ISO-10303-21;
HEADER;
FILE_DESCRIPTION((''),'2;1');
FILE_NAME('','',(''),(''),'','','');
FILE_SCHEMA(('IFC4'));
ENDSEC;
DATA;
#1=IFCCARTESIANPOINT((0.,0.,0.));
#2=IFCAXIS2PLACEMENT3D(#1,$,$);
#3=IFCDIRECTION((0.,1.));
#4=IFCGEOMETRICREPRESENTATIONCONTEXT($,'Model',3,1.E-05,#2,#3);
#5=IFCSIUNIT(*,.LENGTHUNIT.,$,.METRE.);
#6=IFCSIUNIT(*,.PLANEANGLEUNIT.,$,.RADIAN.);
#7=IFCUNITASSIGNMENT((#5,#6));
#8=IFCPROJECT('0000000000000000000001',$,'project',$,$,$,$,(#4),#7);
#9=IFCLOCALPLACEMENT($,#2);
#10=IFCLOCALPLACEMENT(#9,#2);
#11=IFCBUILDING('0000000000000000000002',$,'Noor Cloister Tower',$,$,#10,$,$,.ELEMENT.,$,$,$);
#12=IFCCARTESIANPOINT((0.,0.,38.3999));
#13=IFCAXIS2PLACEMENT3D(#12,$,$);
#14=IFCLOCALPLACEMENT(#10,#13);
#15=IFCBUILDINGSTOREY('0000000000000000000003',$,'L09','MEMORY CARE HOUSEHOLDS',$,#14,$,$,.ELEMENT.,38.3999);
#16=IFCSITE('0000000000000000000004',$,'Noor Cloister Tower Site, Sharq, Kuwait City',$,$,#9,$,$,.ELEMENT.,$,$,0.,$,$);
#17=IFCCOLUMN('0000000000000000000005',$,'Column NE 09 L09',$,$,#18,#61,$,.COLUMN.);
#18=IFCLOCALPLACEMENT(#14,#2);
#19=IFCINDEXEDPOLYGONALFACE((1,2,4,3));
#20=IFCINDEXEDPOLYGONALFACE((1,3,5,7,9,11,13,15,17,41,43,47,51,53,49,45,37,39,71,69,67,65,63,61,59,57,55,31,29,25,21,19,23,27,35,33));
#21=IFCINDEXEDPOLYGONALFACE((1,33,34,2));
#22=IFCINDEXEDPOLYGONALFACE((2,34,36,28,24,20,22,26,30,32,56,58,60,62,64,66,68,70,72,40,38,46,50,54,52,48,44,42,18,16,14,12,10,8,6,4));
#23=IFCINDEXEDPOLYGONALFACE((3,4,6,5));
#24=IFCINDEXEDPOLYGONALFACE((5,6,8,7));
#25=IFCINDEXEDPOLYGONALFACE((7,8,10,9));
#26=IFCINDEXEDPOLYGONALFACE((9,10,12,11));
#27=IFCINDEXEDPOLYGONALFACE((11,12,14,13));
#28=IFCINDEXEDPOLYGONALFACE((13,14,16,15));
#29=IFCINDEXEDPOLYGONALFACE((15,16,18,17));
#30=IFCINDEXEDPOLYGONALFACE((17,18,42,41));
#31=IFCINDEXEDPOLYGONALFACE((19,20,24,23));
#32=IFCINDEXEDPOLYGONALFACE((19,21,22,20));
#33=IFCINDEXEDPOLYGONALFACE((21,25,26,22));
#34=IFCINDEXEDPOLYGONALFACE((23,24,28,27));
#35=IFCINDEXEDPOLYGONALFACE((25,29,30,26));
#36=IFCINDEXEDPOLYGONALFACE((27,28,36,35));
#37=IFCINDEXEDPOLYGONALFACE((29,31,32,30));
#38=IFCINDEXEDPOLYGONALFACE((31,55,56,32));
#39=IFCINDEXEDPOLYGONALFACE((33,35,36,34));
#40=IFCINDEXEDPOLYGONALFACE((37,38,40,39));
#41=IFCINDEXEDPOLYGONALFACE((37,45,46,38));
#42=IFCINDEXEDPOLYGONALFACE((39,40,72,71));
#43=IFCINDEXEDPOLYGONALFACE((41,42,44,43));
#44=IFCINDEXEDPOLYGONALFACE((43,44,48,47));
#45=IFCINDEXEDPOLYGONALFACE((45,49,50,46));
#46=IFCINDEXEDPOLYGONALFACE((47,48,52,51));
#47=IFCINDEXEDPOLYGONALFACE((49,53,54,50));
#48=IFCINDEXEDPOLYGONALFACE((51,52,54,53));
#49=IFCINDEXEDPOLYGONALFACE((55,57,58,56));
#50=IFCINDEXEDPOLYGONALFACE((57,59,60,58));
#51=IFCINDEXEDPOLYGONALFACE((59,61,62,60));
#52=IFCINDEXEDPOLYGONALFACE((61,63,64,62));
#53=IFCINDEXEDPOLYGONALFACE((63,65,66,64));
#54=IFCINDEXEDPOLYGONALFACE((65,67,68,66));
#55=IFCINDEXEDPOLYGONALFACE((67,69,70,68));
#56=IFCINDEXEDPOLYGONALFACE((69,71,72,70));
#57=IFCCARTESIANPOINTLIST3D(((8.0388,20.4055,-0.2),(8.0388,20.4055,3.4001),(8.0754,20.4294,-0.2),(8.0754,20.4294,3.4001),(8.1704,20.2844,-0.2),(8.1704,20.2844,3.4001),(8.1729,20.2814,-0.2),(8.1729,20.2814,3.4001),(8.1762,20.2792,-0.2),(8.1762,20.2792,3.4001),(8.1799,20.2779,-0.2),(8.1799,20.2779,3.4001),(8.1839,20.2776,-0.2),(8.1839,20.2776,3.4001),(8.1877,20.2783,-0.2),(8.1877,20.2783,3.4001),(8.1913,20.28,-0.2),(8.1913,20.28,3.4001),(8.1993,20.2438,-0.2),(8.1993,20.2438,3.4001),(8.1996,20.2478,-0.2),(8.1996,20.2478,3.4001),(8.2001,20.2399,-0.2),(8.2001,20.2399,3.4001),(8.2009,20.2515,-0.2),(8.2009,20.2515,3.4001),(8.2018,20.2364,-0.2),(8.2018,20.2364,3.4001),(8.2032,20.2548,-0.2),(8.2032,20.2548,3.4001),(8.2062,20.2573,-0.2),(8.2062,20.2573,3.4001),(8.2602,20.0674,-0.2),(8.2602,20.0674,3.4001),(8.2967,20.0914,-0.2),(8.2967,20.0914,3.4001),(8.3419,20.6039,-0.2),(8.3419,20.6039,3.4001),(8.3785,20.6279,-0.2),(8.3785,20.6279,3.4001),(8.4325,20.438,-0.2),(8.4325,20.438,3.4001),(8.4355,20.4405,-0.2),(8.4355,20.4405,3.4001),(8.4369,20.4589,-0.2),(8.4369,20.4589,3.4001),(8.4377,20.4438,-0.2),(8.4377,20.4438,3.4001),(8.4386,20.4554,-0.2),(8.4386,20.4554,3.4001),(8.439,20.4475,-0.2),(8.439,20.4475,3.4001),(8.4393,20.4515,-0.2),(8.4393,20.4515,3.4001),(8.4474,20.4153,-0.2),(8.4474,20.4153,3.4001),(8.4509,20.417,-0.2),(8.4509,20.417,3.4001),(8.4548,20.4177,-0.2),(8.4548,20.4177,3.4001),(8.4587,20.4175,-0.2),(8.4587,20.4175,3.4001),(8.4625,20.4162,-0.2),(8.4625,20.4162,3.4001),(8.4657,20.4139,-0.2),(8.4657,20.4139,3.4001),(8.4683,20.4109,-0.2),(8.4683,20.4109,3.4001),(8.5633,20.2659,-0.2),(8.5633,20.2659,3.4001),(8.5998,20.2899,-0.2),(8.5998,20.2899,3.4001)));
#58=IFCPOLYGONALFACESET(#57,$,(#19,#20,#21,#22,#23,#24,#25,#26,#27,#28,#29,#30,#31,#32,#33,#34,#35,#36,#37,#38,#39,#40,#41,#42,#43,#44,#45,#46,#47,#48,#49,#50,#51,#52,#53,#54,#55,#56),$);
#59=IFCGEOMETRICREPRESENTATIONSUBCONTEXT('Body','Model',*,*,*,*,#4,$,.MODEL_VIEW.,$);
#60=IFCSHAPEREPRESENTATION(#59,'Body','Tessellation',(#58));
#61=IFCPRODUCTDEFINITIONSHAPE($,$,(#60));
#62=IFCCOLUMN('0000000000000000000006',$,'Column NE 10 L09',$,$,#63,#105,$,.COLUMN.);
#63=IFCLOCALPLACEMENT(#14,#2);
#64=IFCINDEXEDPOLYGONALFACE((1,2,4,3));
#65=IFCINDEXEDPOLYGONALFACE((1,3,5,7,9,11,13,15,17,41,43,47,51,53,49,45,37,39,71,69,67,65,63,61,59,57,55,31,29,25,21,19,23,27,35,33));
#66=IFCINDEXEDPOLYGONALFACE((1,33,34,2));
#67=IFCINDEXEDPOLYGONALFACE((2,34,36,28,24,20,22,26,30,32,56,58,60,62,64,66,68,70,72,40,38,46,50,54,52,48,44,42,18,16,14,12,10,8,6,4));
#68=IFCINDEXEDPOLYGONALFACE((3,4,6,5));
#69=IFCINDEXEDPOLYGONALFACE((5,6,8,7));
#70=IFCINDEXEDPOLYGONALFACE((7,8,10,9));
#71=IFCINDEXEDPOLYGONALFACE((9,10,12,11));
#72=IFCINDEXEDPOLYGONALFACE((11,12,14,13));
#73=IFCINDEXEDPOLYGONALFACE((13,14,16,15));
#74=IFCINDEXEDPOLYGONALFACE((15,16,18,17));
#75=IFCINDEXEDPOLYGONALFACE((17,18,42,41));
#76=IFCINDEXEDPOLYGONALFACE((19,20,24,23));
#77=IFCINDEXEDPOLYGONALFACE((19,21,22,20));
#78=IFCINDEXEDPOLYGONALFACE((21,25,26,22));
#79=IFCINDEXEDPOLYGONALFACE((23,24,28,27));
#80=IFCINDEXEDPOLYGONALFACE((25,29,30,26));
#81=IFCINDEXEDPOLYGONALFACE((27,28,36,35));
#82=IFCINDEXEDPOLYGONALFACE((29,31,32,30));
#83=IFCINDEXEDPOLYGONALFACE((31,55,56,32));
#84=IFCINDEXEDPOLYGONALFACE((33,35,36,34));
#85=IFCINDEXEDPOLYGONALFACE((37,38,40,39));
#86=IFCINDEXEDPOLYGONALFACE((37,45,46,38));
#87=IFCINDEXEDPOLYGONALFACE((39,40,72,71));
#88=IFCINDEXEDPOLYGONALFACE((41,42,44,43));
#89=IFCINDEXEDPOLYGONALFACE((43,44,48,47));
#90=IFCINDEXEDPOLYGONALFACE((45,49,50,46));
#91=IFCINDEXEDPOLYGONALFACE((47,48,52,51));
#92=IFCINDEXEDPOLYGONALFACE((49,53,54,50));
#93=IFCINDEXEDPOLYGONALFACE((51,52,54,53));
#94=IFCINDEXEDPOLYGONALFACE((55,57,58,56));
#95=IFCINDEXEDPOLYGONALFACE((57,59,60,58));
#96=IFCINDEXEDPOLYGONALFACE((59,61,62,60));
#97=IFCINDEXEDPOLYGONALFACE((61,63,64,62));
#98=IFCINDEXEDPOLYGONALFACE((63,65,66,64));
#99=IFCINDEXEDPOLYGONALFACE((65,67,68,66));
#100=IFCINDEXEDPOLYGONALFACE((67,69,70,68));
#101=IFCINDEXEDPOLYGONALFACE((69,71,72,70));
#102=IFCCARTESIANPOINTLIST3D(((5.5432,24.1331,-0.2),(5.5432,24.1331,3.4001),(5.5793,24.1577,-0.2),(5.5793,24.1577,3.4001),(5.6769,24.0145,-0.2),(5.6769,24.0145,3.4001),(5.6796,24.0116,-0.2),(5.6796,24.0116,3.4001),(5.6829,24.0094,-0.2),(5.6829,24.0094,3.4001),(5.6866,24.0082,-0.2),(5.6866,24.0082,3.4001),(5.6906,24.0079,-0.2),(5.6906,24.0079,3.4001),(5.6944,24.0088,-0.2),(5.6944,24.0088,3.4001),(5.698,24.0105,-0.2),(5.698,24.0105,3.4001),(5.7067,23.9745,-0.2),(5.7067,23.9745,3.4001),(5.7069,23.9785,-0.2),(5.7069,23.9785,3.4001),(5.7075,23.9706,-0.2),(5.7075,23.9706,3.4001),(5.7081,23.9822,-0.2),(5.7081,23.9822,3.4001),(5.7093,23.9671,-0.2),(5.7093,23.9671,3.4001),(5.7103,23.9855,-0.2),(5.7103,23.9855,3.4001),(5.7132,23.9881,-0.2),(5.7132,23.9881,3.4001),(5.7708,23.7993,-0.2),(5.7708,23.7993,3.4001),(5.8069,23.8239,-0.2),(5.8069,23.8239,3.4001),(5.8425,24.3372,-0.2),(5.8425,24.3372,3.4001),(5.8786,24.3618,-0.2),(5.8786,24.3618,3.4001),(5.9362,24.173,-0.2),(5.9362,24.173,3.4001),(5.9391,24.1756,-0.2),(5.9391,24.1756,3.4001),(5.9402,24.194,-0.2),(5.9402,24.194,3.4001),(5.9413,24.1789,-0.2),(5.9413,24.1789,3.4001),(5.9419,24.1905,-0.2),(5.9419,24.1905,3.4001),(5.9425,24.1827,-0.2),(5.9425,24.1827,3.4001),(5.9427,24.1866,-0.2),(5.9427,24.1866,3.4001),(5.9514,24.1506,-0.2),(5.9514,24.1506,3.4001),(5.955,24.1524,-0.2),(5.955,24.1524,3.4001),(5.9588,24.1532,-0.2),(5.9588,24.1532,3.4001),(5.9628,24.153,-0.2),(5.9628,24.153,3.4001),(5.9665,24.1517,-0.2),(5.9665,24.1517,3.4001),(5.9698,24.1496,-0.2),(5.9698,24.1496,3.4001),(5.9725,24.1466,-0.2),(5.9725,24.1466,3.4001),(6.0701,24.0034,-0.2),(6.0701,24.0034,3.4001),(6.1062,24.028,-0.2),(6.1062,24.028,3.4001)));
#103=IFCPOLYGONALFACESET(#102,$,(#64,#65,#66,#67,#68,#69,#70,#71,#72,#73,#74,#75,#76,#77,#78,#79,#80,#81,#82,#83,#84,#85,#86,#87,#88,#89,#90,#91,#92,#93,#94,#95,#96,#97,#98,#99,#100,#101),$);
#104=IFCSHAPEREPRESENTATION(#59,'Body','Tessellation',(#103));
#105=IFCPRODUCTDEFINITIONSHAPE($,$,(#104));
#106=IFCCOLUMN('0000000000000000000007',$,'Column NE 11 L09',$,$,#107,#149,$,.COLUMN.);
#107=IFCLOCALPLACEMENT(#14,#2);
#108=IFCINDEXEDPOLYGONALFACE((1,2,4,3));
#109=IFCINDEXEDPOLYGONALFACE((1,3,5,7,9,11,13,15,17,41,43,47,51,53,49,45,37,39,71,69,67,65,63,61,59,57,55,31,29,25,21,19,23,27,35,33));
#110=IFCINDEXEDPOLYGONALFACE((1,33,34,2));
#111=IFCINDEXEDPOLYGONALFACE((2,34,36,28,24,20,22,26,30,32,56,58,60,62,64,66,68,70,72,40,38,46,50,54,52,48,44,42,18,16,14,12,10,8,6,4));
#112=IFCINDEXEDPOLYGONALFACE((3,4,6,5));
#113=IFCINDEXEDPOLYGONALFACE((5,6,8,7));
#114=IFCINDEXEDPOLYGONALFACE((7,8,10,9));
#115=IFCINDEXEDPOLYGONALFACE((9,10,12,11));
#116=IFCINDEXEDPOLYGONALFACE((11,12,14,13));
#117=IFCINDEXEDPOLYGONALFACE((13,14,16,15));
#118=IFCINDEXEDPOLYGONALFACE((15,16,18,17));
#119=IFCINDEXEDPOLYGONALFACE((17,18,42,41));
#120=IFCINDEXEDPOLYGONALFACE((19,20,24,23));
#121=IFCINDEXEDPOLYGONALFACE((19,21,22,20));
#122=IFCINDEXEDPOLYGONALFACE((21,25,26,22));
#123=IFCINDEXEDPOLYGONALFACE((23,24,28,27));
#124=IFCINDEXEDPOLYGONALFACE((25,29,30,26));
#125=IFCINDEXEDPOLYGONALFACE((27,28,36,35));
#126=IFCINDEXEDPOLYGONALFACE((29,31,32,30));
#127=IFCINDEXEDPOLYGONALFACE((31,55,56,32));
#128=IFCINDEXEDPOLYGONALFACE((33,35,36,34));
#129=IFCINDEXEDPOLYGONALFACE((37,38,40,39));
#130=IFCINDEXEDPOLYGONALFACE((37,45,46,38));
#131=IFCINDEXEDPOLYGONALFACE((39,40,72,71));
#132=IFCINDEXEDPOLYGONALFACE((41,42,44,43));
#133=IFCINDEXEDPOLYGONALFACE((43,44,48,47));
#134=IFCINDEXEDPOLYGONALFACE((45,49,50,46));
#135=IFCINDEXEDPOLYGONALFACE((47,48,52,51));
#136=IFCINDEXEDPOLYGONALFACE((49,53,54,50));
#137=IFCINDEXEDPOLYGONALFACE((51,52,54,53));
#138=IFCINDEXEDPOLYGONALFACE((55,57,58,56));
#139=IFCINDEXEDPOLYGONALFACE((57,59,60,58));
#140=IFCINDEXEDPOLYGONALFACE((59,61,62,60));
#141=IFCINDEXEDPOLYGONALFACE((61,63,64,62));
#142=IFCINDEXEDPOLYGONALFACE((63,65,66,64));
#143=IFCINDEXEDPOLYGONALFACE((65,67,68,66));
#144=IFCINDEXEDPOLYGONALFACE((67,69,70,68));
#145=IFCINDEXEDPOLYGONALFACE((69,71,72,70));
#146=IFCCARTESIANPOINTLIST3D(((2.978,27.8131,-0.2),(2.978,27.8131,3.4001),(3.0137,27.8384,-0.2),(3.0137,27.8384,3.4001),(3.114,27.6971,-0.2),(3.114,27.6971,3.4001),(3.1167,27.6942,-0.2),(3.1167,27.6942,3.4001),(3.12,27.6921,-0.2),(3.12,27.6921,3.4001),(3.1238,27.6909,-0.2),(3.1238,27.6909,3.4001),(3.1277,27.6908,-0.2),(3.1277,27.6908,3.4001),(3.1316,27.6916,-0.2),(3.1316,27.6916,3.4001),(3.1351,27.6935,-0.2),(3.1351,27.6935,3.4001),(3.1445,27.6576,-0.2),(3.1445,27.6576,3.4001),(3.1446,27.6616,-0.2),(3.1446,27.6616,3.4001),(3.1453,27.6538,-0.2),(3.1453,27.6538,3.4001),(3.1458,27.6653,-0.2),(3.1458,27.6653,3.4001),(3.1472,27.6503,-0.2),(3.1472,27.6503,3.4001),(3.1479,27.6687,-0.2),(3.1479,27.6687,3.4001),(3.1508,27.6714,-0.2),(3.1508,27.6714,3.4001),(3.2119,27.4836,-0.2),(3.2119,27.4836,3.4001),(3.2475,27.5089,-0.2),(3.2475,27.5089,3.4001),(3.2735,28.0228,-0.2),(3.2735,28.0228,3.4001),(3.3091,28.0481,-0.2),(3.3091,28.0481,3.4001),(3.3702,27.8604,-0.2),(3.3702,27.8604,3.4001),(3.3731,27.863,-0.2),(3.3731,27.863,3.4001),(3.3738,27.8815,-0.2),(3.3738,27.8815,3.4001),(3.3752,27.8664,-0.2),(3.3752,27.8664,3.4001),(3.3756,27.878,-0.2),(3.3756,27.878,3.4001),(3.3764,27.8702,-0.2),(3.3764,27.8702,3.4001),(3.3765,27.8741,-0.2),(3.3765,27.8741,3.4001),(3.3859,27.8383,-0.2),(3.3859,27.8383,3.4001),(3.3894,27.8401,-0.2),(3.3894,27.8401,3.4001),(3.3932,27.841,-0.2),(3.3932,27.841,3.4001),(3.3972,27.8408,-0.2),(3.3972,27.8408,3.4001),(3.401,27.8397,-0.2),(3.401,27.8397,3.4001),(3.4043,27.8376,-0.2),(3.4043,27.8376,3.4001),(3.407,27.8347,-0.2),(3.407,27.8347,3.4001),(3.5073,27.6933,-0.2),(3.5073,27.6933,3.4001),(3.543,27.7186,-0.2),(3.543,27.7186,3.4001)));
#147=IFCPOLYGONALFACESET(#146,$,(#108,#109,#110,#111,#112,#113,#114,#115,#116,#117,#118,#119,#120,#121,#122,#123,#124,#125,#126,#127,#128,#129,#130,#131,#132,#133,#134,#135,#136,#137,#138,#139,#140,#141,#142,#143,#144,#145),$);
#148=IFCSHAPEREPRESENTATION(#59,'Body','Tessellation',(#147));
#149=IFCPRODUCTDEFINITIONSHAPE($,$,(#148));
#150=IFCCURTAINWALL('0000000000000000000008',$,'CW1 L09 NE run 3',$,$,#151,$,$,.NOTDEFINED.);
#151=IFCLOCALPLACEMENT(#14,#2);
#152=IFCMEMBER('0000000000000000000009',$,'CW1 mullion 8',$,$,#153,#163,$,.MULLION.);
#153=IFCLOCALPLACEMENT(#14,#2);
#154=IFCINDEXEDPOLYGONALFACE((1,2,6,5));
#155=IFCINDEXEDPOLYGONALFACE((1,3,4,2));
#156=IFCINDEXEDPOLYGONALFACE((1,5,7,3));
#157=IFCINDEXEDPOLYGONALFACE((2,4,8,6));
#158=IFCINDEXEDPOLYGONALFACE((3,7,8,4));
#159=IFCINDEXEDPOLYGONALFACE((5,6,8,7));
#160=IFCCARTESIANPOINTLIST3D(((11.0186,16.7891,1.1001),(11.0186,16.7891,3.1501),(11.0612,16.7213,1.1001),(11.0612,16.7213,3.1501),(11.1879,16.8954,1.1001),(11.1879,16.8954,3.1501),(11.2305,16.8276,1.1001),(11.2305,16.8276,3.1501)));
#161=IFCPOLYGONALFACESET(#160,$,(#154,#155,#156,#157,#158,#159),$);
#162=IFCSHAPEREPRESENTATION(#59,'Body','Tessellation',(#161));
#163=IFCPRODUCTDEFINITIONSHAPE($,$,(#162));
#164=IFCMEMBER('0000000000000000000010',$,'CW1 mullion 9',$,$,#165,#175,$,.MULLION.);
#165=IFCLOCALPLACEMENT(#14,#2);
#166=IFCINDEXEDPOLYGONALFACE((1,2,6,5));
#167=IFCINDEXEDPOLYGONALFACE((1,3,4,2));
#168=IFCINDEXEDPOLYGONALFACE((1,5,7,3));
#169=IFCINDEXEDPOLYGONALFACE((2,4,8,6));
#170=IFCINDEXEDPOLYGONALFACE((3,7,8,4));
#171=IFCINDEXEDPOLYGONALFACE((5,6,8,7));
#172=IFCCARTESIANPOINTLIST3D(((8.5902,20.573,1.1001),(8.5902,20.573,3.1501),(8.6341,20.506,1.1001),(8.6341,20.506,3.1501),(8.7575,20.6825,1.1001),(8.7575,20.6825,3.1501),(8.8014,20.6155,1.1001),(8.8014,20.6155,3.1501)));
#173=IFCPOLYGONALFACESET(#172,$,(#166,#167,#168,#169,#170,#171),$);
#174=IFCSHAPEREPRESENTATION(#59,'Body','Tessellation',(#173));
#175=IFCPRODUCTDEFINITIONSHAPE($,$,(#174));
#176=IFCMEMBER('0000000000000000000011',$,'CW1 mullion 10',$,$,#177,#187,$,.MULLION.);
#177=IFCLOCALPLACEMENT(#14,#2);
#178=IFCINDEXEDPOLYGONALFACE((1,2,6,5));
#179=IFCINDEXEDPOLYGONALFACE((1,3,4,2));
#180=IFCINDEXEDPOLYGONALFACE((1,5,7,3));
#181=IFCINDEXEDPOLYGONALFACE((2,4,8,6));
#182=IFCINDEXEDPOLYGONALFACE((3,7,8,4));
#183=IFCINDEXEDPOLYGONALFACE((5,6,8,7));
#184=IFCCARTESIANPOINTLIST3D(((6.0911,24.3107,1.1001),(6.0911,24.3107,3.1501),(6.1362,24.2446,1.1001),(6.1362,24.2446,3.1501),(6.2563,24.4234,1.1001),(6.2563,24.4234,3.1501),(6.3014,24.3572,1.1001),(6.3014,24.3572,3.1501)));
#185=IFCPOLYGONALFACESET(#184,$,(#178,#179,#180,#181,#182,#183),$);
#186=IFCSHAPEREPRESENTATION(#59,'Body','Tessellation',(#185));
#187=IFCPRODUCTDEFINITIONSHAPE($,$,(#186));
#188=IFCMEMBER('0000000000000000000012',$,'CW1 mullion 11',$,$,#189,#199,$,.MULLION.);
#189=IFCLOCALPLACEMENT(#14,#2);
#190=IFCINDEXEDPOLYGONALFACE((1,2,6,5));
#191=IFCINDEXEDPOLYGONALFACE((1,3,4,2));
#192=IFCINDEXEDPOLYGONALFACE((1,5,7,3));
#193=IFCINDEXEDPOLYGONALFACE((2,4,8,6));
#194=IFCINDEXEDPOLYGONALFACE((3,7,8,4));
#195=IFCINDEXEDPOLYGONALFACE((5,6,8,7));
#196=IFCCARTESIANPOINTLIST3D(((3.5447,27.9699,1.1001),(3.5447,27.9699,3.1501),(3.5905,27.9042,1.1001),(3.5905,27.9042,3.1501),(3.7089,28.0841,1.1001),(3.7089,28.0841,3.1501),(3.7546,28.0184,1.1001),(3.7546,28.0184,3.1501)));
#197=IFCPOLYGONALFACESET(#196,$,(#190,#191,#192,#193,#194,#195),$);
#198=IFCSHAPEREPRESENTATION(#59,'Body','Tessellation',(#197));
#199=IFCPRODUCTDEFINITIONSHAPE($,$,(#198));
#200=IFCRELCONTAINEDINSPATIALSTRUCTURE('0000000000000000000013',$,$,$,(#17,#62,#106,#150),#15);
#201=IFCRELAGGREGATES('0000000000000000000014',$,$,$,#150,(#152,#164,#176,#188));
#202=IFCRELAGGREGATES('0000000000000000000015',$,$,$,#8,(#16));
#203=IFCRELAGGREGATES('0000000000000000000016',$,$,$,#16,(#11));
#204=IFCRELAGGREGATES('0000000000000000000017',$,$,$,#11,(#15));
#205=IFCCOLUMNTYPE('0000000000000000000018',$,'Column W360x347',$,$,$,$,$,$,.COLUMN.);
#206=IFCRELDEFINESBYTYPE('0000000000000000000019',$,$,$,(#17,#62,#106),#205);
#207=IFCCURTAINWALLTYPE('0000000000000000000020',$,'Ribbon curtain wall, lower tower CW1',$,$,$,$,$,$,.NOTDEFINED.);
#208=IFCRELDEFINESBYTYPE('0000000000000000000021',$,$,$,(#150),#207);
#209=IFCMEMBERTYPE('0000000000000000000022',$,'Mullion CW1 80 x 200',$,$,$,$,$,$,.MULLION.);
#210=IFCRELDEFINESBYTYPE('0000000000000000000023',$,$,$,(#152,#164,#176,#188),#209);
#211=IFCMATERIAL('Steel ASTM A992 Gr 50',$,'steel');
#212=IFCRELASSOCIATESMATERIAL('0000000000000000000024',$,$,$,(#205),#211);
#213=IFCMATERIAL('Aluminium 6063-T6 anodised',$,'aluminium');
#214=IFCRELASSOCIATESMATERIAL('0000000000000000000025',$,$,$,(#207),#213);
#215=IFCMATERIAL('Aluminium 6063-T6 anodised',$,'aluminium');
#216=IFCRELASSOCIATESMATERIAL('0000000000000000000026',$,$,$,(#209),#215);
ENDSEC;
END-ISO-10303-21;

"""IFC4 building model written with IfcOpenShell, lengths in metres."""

from ifc_helpers import new_model, si_unit, direction, frame, origin, origin_2d, place, context, subcontext, project, spatial, rectangle, i_section, extrude, material, material_profile, profile_set, type_object, element, aggregate, save


model = new_model("IFC4")

# Units and contexts
model_context = context("Model", 3, precision=1e-05, world=origin(), true_north=direction((0.0, 1.0)))
body_context = subcontext(model_context, "Body", "Model", "MODEL_VIEW")
ifc_project = project(units=[si_unit("LENGTHUNIT", "METRE"), si_unit("PLANEANGLEUNIT", "RADIAN")], contexts=[model_context])

# Site, building, storey
site_placement = place(None, origin())
site = spatial("IfcSite", under=ifc_project, at=site_placement, Name="Noor Cloister Tower Site, Sharq, Kuwait City", CompositionType="ELEMENT", RefElevation=0.0)
building_placement = place(site_placement, origin())
building = spatial("IfcBuilding", under=site, at=building_placement, Name="Noor Cloister Tower", CompositionType="ELEMENT")
storey_placement = place(building_placement, frame((0.0, 0.0, 38.3999)))
storey = spatial("IfcBuildingStorey", under=building, at=storey_placement, Name="L09", Description="MEMORY CARE HOUSEHOLDS", CompositionType="ELEMENT", Elevation=38.3999)

# Columns
ifc_material_1 = material(Name="Steel ASTM A992 Gr 50", Category="steel")
ifc_material_profile_1 = material_profile(ifc_material_1, i_section(OverallWidth=0.4041, OverallDepth=0.406, WebThickness=0.0271, FlangeThickness=0.0437, FilletRadius=0.0151, at=origin_2d()), Name="W360x347")
ifc_profile_set_1 = profile_set([ifc_material_profile_1], Name="Steel ASTM A992 Gr 50")
column_type = type_object("IfcColumnType", Name="Column W360x347", PredefinedType="COLUMN", material=ifc_profile_set_1)
for number, where, z_axis, x_axis, name in (
    (1, (8.3193, 20.3477, -0.2), (0.0, 0.0, 1.0), (-0.547841, 0.836583, 0.0), "Column NE 09 L09"),
    (2, (5.8247, 24.0806, -0.2), (0.0, 0.0, 1.0), (-0.563411, 0.826177, 0.0), "Column NE 10 L09"),
    (3, (3.2605, 27.7659, -0.2), (0.0, 0.0, 1.0), (-0.578783, 0.815481, 0.0), "Column NE 11 L09"),
):
    element("IfcColumn", number, at=place(storey_placement, frame(where, z_axis=z_axis, x_axis=x_axis)), inside=storey, type_object=column_type, Name=name, PredefinedType="COLUMN", context=body_context, shape_type="SweptSolid", body=[
        extrude(i_section(OverallWidth=0.4041, OverallDepth=0.406, WebThickness=0.0271, FlangeThickness=0.0437, FilletRadius=0.0151, at=origin_2d()), origin(), (0.0, 0.0, 1.0), 3.6001),
    ])

# Curtain wall, members
ifc_material_2 = material(Name="Aluminium 6063-T6 anodised", Category="aluminium")
curtain_wall_type = type_object("IfcCurtainWallType", Name="Ribbon curtain wall, lower tower CW1", PredefinedType="NOTDEFINED", material=ifc_material_2)
curtain_wall_placement = place(storey_placement, origin())
curtain_wall = element("IfcCurtainWall", 4, at=curtain_wall_placement, inside=storey, type_object=curtain_wall_type, Name="CW1 L09 NE run 3", PredefinedType="NOTDEFINED")
ifc_material_3 = material(Name="Aluminium 6063-T6 anodised", Category="aluminium")
ifc_material_profile_2 = material_profile(ifc_material_3, rectangle(XDim=0.2, YDim=0.0801, at=origin_2d()), Name="200 x 80 mullion")
ifc_profile_set_2 = profile_set([ifc_material_profile_2], Name="Aluminium 6063-T6 anodised")
member_type = type_object("IfcMemberType", Name="Mullion CW1 80 x 200", PredefinedType="MULLION", material=ifc_profile_set_2)
member_1_placement = place(storey_placement, frame((11.1245, 16.8083, 1.1001), z_axis=(0.0, 0.0, 1.0), x_axis=(-0.846695, -0.532079, 0.0)))
member_1 = element("IfcMember", 5, at=member_1_placement, type_object=member_type, Name="CW1 mullion 8", PredefinedType="MULLION", context=body_context, shape_type="SweptSolid", body=[
    extrude(rectangle(XDim=0.2, YDim=0.0801, at=origin_2d()), origin(), (0.0, 0.0, 1.0), 2.05),
])
member_2_placement = place(storey_placement, frame((8.6958, 20.5942, 1.1001), z_axis=(0.0, 0.0, 1.0), x_axis=(-0.836583, -0.547841, 0.0)))
member_2 = element("IfcMember", 6, at=member_2_placement, type_object=member_type, Name="CW1 mullion 9", PredefinedType="MULLION", context=body_context, shape_type="SweptSolid", body=[
    extrude(rectangle(XDim=0.2, YDim=0.0801, at=origin_2d()), origin(), (0.0, 0.0, 1.0), 2.05),
])
member_3_placement = place(storey_placement, frame((6.1963, 24.334, 1.1001), z_axis=(0.0, 0.0, 1.0), x_axis=(-0.826177, -0.563411, 0.0)))
member_3 = element("IfcMember", 7, at=member_3_placement, type_object=member_type, Name="CW1 mullion 10", PredefinedType="MULLION", context=body_context, shape_type="SweptSolid", body=[
    extrude(rectangle(XDim=0.2, YDim=0.0801, at=origin_2d()), origin(), (0.0, 0.0, 1.0), 2.05),
])
member_4_placement = place(storey_placement, frame((3.6497, 27.9941, 1.1001), z_axis=(0.0, 0.0, 1.0), x_axis=(-0.820865, -0.571122, 0.0)))
member_4 = element("IfcMember", 8, at=member_4_placement, type_object=member_type, Name="CW1 mullion 11", PredefinedType="MULLION", context=body_context, shape_type="SweptSolid", body=[
    extrude(rectangle(XDim=0.2, YDim=0.0801, at=origin_2d()), origin(), (0.0, 0.0, 1.0), 2.05),
])

aggregate(curtain_wall, [member_1, member_2, member_3, member_4])

save(model, "model.ifc")
